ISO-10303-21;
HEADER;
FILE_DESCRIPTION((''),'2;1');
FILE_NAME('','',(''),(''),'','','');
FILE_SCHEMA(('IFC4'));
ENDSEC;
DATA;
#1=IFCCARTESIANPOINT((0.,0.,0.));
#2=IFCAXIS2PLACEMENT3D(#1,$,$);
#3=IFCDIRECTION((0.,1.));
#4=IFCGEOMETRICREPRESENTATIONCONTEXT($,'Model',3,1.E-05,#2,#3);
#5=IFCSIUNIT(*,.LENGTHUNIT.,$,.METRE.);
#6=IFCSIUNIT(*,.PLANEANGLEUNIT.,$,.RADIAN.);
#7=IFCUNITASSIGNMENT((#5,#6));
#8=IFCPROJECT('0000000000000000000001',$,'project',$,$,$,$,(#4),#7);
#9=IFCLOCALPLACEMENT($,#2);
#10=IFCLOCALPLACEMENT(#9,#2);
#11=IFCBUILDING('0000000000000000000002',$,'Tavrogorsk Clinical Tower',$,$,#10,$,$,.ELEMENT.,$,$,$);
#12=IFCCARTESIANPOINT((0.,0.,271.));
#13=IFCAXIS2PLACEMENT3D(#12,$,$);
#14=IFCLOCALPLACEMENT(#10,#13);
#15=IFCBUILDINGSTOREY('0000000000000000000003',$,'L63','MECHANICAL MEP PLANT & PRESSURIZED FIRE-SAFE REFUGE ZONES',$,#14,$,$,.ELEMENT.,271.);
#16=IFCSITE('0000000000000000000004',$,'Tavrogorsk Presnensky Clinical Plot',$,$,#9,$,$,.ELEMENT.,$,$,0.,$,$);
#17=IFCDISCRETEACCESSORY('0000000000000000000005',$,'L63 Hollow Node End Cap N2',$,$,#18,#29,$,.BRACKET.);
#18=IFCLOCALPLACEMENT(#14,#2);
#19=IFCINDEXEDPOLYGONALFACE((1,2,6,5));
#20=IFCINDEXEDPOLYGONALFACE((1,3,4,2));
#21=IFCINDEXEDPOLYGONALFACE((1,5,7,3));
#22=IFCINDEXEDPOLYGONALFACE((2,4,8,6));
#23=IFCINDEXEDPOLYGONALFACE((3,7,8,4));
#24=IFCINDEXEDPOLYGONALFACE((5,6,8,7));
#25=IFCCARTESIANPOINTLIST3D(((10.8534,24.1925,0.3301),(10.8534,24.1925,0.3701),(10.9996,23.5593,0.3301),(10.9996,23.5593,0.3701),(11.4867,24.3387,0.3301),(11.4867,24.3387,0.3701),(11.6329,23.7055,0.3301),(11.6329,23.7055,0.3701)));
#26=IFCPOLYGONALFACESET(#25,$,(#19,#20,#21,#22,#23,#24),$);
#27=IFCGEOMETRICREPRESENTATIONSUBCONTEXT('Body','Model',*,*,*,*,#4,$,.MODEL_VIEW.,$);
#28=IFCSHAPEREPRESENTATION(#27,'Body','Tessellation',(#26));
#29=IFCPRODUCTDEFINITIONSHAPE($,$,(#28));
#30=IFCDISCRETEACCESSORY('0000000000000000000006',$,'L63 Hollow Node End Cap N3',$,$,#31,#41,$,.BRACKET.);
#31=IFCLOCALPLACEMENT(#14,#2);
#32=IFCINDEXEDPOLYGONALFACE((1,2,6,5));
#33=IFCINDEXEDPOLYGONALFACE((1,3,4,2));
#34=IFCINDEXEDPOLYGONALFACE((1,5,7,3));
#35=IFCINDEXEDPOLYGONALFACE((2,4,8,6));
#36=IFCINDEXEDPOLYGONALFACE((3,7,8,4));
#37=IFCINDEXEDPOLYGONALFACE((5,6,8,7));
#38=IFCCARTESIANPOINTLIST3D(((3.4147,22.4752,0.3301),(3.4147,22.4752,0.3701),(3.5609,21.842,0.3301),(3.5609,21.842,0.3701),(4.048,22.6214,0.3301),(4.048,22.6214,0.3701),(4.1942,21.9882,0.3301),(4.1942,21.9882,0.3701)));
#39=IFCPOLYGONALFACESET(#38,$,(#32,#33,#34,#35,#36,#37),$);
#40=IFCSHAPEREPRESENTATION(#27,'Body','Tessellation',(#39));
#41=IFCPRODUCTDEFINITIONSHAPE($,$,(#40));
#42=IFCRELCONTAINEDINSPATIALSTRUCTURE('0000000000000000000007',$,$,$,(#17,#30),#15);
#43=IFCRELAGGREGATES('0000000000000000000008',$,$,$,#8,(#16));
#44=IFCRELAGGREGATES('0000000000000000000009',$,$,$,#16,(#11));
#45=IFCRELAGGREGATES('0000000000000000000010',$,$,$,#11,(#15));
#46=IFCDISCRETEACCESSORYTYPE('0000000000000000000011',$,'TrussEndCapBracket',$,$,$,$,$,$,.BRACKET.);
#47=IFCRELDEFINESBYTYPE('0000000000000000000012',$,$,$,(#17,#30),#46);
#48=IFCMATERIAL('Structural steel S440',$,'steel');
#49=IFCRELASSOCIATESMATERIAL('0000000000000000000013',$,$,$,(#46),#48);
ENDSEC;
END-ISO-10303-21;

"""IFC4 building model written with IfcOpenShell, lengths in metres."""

from ifc_helpers import new_model, si_unit, direction, frame, origin, origin_2d, place, context, subcontext, project, spatial, rectangle, extrude, material, type_object, element, save


model = new_model("IFC4")

# Units and contexts
model_context = context("Model", 3, precision=1e-05, world=origin(), true_north=direction((0.0, 1.0)))
body_context = subcontext(model_context, "Body", "Model", "MODEL_VIEW")
ifc_project = project(units=[si_unit("LENGTHUNIT", "METRE"), si_unit("PLANEANGLEUNIT", "RADIAN")], contexts=[model_context])

# Site, building, storey
site_placement = place(None, origin())
site = spatial("IfcSite", under=ifc_project, at=site_placement, Name="Tavrogorsk Presnensky Clinical Plot", CompositionType="ELEMENT", RefElevation=0.0)
building_placement = place(site_placement, origin())
building = spatial("IfcBuilding", under=site, at=building_placement, Name="Tavrogorsk Clinical Tower", CompositionType="ELEMENT")
storey_placement = place(building_placement, frame((0.0, 0.0, 271.0)))
storey = spatial("IfcBuildingStorey", under=building, at=storey_placement, Name="L63", Description="MECHANICAL MEP PLANT & PRESSURIZED FIRE-SAFE REFUGE ZONES", CompositionType="ELEMENT", Elevation=271.0)

# Discrete accessories
ifc_material_1 = material(Name="Structural steel S440", Category="steel")
discrete_accessory_type_1 = type_object("IfcDiscreteAccessoryType", Name="TrussEndCapBracket", PredefinedType="BRACKET", material=ifc_material_1)
for number, where, z_axis, x_axis, name in (
    (1, (11.2432, 23.949, 0.3301), (0.0, 0.0, 1.0), (0.97437, 0.224951, 0.0), "L63 Hollow Node End Cap N2"),
    (2, (3.8044, 22.2317, 0.3301), (0.0, 0.0, 1.0), (0.97437, 0.224951, 0.0), "L63 Hollow Node End Cap N3"),
):
    element("IfcDiscreteAccessory", number, at=place(storey_placement, frame(where, z_axis=z_axis, x_axis=x_axis)), inside=storey, type_object=discrete_accessory_type_1, Name=name, PredefinedType="BRACKET", context=body_context, shape_type="SweptSolid", body=[
        extrude(rectangle(XDim=0.6499, YDim=0.6499, at=origin_2d()), origin(), (0.0, 0.0, 1.0), 0.04),
    ])

save(model, "model.ifc")
